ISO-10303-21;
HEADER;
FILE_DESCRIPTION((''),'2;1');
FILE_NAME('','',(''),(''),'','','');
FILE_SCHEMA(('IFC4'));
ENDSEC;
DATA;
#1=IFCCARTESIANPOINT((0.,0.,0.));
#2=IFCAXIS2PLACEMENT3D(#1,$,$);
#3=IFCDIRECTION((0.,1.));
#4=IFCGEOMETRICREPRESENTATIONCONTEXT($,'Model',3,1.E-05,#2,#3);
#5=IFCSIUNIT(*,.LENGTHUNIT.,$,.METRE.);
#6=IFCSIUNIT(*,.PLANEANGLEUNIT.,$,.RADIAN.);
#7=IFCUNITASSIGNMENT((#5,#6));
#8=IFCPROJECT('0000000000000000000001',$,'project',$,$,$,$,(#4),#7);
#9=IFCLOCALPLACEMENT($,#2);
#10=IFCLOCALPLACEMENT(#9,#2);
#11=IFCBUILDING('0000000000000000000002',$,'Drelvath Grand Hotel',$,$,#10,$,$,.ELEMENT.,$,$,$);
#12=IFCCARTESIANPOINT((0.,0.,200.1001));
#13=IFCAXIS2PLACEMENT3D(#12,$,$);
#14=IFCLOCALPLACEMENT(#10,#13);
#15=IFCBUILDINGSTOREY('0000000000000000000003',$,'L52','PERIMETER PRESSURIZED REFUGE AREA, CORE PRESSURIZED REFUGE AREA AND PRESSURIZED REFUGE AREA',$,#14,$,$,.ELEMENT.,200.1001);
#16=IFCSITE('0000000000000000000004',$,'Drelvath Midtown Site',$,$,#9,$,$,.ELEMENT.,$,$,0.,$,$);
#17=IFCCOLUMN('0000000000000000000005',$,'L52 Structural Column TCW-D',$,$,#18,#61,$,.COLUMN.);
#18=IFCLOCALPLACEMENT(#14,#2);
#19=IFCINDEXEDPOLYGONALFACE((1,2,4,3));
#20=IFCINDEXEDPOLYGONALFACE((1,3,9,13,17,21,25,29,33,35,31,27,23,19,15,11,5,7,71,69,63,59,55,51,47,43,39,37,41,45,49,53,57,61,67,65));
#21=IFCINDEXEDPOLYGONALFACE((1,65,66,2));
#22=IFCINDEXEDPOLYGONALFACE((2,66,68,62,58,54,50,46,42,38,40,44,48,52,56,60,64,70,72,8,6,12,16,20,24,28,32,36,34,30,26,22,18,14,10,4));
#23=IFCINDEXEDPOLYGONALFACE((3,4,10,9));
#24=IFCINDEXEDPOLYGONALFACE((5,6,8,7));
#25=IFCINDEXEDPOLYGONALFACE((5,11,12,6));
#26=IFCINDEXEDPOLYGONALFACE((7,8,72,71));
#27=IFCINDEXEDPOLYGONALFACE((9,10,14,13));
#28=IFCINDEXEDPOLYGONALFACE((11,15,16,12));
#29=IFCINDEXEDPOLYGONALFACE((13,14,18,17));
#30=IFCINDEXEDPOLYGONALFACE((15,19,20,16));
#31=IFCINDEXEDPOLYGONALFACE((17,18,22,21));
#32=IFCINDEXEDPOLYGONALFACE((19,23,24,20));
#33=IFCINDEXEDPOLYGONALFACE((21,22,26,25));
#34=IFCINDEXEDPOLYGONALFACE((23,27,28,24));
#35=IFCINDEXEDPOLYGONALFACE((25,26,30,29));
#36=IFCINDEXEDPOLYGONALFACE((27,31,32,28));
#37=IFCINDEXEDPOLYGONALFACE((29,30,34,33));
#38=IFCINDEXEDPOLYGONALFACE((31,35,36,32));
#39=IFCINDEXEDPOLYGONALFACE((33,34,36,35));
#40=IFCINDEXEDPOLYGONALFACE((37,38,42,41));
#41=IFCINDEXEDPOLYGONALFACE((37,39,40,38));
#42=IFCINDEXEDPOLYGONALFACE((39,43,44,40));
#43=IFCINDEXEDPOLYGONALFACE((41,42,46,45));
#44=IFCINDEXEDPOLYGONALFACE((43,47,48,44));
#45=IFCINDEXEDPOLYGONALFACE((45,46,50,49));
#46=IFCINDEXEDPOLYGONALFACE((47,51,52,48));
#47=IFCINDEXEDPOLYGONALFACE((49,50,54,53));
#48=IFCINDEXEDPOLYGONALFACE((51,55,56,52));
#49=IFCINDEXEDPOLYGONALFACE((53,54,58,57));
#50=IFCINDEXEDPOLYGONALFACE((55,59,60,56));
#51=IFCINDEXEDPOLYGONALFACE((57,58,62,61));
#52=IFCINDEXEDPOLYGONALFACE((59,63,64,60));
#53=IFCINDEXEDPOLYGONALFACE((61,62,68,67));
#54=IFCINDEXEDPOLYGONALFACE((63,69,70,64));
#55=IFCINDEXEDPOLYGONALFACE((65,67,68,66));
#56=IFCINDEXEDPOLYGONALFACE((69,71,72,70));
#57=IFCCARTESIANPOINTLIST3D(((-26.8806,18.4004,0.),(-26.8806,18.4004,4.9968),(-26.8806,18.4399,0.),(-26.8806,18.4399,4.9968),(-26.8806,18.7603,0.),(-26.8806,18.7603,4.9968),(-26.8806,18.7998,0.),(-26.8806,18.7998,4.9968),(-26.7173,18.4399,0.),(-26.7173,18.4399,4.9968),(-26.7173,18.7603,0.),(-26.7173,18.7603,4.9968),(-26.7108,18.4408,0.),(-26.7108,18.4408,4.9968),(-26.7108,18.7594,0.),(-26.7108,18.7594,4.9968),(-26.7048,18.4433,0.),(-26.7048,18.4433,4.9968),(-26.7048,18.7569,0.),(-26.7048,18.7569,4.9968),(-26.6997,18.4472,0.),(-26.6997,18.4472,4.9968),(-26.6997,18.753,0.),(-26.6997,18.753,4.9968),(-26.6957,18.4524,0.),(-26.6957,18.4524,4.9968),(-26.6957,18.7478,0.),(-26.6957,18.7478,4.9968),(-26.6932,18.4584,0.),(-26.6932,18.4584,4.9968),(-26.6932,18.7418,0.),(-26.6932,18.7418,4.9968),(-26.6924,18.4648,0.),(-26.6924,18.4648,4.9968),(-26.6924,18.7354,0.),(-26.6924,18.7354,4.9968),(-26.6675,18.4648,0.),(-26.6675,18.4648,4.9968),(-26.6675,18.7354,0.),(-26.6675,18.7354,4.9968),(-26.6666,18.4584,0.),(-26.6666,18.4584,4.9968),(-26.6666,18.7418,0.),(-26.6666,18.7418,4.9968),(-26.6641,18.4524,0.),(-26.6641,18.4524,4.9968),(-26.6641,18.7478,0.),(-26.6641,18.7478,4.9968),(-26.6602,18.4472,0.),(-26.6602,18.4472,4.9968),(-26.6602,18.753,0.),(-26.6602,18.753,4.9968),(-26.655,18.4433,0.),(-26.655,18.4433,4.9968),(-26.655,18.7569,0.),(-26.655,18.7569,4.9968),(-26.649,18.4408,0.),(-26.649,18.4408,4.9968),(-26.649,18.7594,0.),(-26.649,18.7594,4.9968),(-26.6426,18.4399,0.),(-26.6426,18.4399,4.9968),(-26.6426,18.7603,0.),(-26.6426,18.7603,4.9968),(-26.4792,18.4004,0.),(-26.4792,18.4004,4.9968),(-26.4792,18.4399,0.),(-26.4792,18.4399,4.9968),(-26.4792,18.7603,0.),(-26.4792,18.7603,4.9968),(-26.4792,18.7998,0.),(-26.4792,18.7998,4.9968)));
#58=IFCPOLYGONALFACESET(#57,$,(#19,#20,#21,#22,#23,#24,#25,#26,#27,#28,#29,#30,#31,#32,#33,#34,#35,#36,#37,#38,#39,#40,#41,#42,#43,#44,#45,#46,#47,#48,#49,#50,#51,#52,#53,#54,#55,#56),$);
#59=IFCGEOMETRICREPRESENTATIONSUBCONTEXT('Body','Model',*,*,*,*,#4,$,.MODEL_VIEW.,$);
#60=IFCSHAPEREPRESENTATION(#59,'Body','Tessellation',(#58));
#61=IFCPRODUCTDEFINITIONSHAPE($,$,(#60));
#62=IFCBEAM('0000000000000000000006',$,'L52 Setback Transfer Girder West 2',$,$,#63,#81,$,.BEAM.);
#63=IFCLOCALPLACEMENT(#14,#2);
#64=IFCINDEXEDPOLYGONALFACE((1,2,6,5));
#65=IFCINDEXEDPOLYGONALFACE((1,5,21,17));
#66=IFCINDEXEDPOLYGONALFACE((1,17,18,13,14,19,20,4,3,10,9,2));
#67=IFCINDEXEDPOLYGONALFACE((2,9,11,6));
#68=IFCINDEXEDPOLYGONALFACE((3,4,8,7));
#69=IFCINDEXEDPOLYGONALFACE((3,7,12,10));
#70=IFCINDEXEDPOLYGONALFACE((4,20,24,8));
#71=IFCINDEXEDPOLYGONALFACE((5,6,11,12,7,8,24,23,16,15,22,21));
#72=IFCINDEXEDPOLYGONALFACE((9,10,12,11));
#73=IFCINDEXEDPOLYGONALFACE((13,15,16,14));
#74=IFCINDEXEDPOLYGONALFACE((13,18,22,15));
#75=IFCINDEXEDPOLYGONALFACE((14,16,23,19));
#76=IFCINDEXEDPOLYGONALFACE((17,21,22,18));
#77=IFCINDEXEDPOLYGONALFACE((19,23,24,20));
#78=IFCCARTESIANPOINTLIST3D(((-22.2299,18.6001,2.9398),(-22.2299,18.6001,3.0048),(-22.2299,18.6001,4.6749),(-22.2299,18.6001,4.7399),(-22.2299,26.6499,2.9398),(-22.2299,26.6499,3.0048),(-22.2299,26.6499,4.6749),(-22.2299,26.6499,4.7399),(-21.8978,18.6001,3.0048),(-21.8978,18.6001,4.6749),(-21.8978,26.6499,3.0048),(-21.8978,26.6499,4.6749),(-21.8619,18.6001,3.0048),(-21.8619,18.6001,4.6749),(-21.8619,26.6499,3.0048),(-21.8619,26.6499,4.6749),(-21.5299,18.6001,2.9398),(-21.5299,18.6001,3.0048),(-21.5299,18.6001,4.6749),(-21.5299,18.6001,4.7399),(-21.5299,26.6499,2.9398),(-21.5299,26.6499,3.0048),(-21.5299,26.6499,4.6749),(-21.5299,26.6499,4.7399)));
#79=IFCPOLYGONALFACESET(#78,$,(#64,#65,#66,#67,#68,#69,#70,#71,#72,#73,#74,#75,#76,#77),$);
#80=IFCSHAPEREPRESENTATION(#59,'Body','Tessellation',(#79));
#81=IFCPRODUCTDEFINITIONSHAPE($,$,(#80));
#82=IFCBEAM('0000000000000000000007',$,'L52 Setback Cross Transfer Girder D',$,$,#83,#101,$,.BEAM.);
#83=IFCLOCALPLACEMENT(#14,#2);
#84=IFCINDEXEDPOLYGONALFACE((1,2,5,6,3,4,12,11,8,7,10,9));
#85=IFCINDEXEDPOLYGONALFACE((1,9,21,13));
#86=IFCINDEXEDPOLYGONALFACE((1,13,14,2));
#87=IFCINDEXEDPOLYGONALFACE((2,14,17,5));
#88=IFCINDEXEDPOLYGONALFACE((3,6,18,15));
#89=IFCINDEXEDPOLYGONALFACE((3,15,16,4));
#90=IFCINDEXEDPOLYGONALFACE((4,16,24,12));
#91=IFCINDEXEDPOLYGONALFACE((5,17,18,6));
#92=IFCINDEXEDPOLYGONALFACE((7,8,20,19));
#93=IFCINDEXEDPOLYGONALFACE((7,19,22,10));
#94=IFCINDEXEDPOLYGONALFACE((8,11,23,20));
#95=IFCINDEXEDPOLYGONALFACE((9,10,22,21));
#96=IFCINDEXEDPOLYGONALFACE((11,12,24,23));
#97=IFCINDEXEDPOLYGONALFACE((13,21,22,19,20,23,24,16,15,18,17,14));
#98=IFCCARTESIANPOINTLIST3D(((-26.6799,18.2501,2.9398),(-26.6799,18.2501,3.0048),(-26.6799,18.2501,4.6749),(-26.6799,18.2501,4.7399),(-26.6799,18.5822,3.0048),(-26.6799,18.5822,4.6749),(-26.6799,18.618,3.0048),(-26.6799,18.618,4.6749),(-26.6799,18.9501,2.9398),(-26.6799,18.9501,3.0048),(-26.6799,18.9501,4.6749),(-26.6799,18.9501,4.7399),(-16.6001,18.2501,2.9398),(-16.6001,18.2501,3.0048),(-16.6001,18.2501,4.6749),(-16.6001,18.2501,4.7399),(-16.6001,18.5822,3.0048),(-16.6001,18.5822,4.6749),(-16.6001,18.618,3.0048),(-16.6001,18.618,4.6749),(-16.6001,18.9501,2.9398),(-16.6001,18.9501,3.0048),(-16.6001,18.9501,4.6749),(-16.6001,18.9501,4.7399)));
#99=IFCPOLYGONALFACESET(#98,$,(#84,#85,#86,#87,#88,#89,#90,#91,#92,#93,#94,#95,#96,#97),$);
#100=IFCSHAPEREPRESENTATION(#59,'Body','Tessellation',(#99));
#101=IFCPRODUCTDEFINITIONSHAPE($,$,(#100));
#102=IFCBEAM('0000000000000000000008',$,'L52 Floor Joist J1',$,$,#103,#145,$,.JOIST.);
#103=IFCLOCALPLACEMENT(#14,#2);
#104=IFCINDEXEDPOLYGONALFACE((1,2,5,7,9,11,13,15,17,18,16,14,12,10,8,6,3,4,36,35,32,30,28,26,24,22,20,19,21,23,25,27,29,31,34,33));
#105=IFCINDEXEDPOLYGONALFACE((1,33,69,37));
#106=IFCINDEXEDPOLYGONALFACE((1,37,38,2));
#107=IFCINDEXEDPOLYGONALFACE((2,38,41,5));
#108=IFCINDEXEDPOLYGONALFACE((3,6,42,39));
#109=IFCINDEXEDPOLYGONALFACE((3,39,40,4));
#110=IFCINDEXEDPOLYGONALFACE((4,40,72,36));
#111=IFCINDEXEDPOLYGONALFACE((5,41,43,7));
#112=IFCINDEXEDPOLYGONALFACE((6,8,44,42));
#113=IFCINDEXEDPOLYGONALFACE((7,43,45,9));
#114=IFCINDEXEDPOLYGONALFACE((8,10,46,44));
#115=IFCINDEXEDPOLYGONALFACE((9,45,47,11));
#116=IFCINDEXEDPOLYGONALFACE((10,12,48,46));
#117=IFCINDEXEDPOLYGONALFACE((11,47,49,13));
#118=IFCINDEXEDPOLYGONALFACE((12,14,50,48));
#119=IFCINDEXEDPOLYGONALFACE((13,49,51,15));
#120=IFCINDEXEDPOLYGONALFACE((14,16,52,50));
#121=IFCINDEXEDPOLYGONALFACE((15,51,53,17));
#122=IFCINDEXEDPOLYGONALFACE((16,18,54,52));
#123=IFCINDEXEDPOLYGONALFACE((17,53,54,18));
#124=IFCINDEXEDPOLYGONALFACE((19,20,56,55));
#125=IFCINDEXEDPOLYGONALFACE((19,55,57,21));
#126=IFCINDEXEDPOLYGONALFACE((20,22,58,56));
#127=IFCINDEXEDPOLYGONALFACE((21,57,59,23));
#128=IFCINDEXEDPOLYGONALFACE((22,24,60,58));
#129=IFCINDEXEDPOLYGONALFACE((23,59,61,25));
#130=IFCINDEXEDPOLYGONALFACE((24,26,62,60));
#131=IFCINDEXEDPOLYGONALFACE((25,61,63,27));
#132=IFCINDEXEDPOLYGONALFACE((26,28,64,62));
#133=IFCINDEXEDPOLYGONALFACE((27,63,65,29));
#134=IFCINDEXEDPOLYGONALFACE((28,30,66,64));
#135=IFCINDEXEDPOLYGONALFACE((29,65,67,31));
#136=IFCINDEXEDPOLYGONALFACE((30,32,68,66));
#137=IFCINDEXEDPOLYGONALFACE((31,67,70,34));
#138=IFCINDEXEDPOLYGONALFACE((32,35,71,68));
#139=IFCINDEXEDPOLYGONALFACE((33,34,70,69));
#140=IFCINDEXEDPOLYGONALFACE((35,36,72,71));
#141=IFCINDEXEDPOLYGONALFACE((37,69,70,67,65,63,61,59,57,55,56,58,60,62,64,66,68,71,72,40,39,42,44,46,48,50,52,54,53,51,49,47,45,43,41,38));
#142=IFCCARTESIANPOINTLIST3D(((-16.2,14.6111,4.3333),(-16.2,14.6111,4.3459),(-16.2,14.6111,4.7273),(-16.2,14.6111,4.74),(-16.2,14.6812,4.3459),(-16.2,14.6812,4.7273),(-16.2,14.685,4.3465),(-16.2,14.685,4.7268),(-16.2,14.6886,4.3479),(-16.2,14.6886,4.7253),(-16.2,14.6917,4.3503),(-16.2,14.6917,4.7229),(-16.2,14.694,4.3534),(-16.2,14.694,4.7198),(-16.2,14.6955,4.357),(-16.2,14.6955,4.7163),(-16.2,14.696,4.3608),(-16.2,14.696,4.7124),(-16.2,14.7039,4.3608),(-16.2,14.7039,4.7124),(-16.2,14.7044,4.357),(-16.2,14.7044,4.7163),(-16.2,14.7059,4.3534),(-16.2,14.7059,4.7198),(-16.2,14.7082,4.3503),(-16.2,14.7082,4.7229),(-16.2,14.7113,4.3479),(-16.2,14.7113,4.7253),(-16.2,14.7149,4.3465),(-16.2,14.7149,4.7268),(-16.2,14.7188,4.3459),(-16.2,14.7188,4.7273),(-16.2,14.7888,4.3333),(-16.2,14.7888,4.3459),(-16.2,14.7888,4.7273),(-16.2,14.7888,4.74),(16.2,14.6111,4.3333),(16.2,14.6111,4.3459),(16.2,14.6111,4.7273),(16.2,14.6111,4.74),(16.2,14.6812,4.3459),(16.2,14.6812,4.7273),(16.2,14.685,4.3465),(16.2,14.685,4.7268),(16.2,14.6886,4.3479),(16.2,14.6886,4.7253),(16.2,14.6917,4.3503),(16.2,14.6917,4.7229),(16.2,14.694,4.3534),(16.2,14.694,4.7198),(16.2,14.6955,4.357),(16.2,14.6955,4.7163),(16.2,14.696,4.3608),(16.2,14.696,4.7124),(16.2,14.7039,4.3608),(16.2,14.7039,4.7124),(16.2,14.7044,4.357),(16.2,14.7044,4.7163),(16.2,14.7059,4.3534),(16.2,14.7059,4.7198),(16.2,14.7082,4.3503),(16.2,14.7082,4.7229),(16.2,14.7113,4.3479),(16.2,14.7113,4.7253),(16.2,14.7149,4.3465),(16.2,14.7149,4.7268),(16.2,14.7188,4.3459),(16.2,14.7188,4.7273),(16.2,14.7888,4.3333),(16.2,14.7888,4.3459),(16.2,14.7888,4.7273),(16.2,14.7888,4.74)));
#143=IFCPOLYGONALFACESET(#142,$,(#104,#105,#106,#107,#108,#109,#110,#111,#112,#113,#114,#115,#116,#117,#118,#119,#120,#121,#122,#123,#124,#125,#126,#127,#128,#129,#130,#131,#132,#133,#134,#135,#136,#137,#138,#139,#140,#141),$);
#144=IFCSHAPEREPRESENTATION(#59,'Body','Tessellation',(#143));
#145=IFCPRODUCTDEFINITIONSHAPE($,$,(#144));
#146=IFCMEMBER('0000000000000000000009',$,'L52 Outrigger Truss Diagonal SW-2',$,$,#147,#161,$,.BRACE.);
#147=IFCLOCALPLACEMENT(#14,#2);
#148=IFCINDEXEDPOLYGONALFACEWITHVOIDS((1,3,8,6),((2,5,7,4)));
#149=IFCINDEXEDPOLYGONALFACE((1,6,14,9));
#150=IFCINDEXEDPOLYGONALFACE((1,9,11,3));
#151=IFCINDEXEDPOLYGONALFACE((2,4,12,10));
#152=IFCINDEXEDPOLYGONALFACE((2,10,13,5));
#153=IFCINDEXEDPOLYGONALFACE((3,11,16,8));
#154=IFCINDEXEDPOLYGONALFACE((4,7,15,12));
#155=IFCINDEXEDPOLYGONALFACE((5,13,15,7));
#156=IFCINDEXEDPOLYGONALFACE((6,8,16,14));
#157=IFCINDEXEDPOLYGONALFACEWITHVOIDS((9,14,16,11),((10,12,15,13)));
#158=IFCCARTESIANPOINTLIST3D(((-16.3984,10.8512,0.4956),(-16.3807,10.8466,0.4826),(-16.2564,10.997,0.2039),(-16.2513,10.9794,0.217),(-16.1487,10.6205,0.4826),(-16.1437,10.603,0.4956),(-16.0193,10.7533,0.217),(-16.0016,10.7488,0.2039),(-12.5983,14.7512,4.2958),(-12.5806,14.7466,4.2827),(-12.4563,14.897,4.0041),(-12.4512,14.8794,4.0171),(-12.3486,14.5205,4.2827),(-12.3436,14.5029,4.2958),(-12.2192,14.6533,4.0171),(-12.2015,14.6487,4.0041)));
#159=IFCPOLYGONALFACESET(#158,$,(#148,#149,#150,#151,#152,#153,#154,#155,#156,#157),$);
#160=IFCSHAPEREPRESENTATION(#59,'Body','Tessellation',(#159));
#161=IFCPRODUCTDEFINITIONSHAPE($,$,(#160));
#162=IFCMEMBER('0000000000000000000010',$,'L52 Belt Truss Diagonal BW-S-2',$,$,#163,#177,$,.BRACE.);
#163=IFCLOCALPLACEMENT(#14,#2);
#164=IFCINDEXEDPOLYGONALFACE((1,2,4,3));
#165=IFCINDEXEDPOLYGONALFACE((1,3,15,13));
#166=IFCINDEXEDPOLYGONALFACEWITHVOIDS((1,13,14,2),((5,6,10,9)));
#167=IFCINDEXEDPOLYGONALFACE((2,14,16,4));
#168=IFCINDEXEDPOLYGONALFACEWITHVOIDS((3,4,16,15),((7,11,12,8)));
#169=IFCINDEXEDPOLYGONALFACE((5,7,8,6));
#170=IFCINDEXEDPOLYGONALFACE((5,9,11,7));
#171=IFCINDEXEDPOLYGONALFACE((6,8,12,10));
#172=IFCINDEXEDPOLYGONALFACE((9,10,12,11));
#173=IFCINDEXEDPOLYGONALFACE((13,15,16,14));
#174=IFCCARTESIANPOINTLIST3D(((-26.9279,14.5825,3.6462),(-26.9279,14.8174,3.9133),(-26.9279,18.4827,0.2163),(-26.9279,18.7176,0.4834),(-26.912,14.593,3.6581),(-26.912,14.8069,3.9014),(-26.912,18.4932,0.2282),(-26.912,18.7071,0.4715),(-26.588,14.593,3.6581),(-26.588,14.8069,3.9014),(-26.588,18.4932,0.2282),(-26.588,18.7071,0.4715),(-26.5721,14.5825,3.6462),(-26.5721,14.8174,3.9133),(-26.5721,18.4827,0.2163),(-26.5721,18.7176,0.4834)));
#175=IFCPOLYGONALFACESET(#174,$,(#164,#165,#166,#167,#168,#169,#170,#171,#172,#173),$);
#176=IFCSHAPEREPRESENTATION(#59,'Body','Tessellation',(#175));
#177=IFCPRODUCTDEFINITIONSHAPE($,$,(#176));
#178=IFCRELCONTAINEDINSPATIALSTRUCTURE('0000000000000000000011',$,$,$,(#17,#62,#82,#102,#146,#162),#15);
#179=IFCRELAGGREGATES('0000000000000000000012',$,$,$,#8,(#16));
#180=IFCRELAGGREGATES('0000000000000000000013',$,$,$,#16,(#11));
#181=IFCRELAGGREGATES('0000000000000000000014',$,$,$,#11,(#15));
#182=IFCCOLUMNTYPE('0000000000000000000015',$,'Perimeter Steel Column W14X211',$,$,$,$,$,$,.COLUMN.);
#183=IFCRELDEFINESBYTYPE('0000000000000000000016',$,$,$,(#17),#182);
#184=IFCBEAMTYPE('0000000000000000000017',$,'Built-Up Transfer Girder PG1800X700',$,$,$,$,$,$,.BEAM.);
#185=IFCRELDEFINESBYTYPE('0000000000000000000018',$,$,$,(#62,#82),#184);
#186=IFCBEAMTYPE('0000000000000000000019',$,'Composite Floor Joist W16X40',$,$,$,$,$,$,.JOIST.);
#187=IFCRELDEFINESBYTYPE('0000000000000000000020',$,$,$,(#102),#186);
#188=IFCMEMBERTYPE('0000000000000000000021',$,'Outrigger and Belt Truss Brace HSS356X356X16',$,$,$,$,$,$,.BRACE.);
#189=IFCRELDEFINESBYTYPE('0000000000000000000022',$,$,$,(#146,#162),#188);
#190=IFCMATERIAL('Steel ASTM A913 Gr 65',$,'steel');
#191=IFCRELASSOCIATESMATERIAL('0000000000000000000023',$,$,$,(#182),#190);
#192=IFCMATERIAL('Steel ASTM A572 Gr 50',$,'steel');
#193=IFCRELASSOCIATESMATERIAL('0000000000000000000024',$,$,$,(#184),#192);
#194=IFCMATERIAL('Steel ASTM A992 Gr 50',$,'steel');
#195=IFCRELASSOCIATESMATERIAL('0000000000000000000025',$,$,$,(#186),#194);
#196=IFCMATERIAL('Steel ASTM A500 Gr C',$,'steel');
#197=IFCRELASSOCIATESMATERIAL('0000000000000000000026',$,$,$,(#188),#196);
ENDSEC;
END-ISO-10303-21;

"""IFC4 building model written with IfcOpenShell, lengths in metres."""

from ifc_helpers import new_model, si_unit, direction, frame, origin, origin_2d, place, context, subcontext, project, spatial, hollow_rectangle, i_section, extrude, material, material_profile, profile_set, type_object, element, save


model = new_model("IFC4")

# Units and contexts
model_context = context("Model", 3, precision=1e-05, world=origin(), true_north=direction((0.0, 1.0)))
body_context = subcontext(model_context, "Body", "Model", "MODEL_VIEW")
ifc_project = project(units=[si_unit("LENGTHUNIT", "METRE"), si_unit("PLANEANGLEUNIT", "RADIAN")], contexts=[model_context])

# Site, building, storey
site_placement = place(None, origin())
site = spatial("IfcSite", under=ifc_project, at=site_placement, Name="Drelvath Midtown Site", CompositionType="ELEMENT", RefElevation=0.0)
building_placement = place(site_placement, origin())
building = spatial("IfcBuilding", under=site, at=building_placement, Name="Drelvath Grand Hotel", CompositionType="ELEMENT")
storey_placement = place(building_placement, frame((0.0, 0.0, 200.1001)))
storey = spatial("IfcBuildingStorey", under=building, at=storey_placement, Name="L52", Description="PERIMETER PRESSURIZED REFUGE AREA, CORE PRESSURIZED REFUGE AREA AND PRESSURIZED REFUGE AREA", CompositionType="ELEMENT", Elevation=200.1001)

# Column
ifc_material_1 = material(Name="Steel ASTM A913 Gr 65", Category="steel")
ifc_material_profile_1 = material_profile(ifc_material_1, i_section(OverallWidth=0.4014, OverallDepth=0.3994, WebThickness=0.0249, FlangeThickness=0.0396, FilletRadius=0.0249, at=origin_2d()), Name="W14X211")
ifc_profile_set_1 = profile_set([ifc_material_profile_1], Name="Steel ASTM A913 Gr 65")
column_type = type_object("IfcColumnType", Name="Perimeter Steel Column W14X211", PredefinedType="COLUMN", material=ifc_profile_set_1)
column_placement = place(storey_placement, frame((-26.6799, 18.6001, 0.0), z_axis=(0.0, 0.0, 1.0), x_axis=(1.0, 0.0, 0.0)))
element("IfcColumn", 1, at=column_placement, inside=storey, type_object=column_type, Name="L52 Structural Column TCW-D", PredefinedType="COLUMN", context=body_context, shape_type="SweptSolid", body=[
    extrude(i_section(OverallWidth=0.4014, OverallDepth=0.3994, WebThickness=0.0249, FlangeThickness=0.0396, FilletRadius=0.0249, at=origin_2d()), origin(), (0.0, 0.0, 1.0), 4.9968),
])

# Beams
ifc_material_2 = material(Name="Steel ASTM A572 Gr 50", Category="steel")
ifc_material_profile_2 = material_profile(ifc_material_2, i_section(OverallWidth=0.7, OverallDepth=1.8, WebThickness=0.0359, FlangeThickness=0.0649, at=origin_2d()), Name="PG1800X700")
ifc_profile_set_2 = profile_set([ifc_material_profile_2], Name="Steel ASTM A572 Gr 50")
beam_type_1 = type_object("IfcBeamType", Name="Built-Up Transfer Girder PG1800X700", PredefinedType="BEAM", material=ifc_profile_set_2)
beam_1_placement = place(storey_placement, frame((-21.8799, 18.6001, 3.8398), z_axis=(0.0, 1.0, 0.0), x_axis=(-1.0, 0.0, 0.0)))
element("IfcBeam", 2, at=beam_1_placement, inside=storey, type_object=beam_type_1, Name="L52 Setback Transfer Girder West 2", PredefinedType="BEAM", context=body_context, shape_type="SweptSolid", body=[
    extrude(i_section(OverallWidth=0.7, OverallDepth=1.8, WebThickness=0.0359, FlangeThickness=0.0649, at=origin_2d()), origin(), (0.0, 0.0, 1.0), 8.0498),
])
beam_2_placement = place(storey_placement, frame((-26.6799, 18.6001, 3.8398), z_axis=(1.0, 0.0, 0.0), x_axis=(0.0, 1.0, 0.0)))
element("IfcBeam", 3, at=beam_2_placement, inside=storey, type_object=beam_type_1, Name="L52 Setback Cross Transfer Girder D", PredefinedType="BEAM", context=body_context, shape_type="SweptSolid", body=[
    extrude(i_section(OverallWidth=0.7, OverallDepth=1.8, WebThickness=0.0359, FlangeThickness=0.0649, at=origin_2d()), origin(), (0.0, 0.0, 1.0), 10.0798),
])
ifc_material_3 = material(Name="Steel ASTM A992 Gr 50", Category="steel")
ifc_material_profile_3 = material_profile(ifc_material_3, i_section(OverallWidth=0.1777, OverallDepth=0.4067, WebThickness=0.0078, FlangeThickness=0.0127, FilletRadius=0.0149, at=origin_2d()), Name="W16X40")
ifc_profile_set_3 = profile_set([ifc_material_profile_3], Name="Steel ASTM A992 Gr 50")
beam_type_2 = type_object("IfcBeamType", Name="Composite Floor Joist W16X40", PredefinedType="JOIST", material=ifc_profile_set_3)
beam_3_placement = place(storey_placement, frame((-16.2, 14.7, 4.5366), z_axis=(1.0, 0.0, 0.0), x_axis=(0.0, 1.0, 0.0)))
element("IfcBeam", 4, at=beam_3_placement, inside=storey, type_object=beam_type_2, Name="L52 Floor Joist J1", PredefinedType="JOIST", context=body_context, shape_type="SweptSolid", body=[
    extrude(i_section(OverallWidth=0.1777, OverallDepth=0.4067, WebThickness=0.0078, FlangeThickness=0.0127, FilletRadius=0.0149, at=origin_2d()), origin(), (0.0, 0.0, 1.0), 32.3999),
])

# Members
ifc_material_4 = material(Name="Steel ASTM A500 Gr C", Category="steel")
ifc_material_profile_4 = material_profile(ifc_material_4, hollow_rectangle(XDim=0.3557, YDim=0.3557, WallThickness=0.0159, at=origin_2d()), Name="HSS356X356X16")
ifc_profile_set_4 = profile_set([ifc_material_profile_4], Name="Steel ASTM A500 Gr C")
member_type = type_object("IfcMemberType", Name="Outrigger and Belt Truss Brace HSS356X356X16", PredefinedType="BRACE", material=ifc_profile_set_4)
member_1_placement = place(storey_placement, frame((-12.3999, 14.7, 4.1499), z_axis=(-0.572294, -0.587332, -0.572294), x_axis=(0.716216, -0.697878, 0.0)))
element("IfcMember", 5, at=member_1_placement, inside=storey, type_object=member_type, Name="L52 Outrigger Truss Diagonal SW-2", PredefinedType="BRACE", context=body_context, shape_type="SweptSolid", body=[
    extrude(hollow_rectangle(XDim=0.3557, YDim=0.3557, WallThickness=0.0159, at=origin_2d()), origin(), (0.0, 0.0, 1.0), 6.6401),
])
member_2_placement = place(storey_placement, frame((-26.75, 14.7, 3.7798), z_axis=(0.0, 0.750923, -0.660389), x_axis=(-1.0, 0.0, 0.0)))
element("IfcMember", 6, at=member_2_placement, inside=storey, type_object=member_type, Name="L52 Belt Truss Diagonal BW-S-2", PredefinedType="BRACE", context=body_context, shape_type="SweptSolid", body=[
    extrude(hollow_rectangle(XDim=0.3557, YDim=0.3557, WallThickness=0.0159, at=origin_2d()), origin(), (0.0, 0.0, 1.0), 5.1938),
])

save(model, "model.ifc")
